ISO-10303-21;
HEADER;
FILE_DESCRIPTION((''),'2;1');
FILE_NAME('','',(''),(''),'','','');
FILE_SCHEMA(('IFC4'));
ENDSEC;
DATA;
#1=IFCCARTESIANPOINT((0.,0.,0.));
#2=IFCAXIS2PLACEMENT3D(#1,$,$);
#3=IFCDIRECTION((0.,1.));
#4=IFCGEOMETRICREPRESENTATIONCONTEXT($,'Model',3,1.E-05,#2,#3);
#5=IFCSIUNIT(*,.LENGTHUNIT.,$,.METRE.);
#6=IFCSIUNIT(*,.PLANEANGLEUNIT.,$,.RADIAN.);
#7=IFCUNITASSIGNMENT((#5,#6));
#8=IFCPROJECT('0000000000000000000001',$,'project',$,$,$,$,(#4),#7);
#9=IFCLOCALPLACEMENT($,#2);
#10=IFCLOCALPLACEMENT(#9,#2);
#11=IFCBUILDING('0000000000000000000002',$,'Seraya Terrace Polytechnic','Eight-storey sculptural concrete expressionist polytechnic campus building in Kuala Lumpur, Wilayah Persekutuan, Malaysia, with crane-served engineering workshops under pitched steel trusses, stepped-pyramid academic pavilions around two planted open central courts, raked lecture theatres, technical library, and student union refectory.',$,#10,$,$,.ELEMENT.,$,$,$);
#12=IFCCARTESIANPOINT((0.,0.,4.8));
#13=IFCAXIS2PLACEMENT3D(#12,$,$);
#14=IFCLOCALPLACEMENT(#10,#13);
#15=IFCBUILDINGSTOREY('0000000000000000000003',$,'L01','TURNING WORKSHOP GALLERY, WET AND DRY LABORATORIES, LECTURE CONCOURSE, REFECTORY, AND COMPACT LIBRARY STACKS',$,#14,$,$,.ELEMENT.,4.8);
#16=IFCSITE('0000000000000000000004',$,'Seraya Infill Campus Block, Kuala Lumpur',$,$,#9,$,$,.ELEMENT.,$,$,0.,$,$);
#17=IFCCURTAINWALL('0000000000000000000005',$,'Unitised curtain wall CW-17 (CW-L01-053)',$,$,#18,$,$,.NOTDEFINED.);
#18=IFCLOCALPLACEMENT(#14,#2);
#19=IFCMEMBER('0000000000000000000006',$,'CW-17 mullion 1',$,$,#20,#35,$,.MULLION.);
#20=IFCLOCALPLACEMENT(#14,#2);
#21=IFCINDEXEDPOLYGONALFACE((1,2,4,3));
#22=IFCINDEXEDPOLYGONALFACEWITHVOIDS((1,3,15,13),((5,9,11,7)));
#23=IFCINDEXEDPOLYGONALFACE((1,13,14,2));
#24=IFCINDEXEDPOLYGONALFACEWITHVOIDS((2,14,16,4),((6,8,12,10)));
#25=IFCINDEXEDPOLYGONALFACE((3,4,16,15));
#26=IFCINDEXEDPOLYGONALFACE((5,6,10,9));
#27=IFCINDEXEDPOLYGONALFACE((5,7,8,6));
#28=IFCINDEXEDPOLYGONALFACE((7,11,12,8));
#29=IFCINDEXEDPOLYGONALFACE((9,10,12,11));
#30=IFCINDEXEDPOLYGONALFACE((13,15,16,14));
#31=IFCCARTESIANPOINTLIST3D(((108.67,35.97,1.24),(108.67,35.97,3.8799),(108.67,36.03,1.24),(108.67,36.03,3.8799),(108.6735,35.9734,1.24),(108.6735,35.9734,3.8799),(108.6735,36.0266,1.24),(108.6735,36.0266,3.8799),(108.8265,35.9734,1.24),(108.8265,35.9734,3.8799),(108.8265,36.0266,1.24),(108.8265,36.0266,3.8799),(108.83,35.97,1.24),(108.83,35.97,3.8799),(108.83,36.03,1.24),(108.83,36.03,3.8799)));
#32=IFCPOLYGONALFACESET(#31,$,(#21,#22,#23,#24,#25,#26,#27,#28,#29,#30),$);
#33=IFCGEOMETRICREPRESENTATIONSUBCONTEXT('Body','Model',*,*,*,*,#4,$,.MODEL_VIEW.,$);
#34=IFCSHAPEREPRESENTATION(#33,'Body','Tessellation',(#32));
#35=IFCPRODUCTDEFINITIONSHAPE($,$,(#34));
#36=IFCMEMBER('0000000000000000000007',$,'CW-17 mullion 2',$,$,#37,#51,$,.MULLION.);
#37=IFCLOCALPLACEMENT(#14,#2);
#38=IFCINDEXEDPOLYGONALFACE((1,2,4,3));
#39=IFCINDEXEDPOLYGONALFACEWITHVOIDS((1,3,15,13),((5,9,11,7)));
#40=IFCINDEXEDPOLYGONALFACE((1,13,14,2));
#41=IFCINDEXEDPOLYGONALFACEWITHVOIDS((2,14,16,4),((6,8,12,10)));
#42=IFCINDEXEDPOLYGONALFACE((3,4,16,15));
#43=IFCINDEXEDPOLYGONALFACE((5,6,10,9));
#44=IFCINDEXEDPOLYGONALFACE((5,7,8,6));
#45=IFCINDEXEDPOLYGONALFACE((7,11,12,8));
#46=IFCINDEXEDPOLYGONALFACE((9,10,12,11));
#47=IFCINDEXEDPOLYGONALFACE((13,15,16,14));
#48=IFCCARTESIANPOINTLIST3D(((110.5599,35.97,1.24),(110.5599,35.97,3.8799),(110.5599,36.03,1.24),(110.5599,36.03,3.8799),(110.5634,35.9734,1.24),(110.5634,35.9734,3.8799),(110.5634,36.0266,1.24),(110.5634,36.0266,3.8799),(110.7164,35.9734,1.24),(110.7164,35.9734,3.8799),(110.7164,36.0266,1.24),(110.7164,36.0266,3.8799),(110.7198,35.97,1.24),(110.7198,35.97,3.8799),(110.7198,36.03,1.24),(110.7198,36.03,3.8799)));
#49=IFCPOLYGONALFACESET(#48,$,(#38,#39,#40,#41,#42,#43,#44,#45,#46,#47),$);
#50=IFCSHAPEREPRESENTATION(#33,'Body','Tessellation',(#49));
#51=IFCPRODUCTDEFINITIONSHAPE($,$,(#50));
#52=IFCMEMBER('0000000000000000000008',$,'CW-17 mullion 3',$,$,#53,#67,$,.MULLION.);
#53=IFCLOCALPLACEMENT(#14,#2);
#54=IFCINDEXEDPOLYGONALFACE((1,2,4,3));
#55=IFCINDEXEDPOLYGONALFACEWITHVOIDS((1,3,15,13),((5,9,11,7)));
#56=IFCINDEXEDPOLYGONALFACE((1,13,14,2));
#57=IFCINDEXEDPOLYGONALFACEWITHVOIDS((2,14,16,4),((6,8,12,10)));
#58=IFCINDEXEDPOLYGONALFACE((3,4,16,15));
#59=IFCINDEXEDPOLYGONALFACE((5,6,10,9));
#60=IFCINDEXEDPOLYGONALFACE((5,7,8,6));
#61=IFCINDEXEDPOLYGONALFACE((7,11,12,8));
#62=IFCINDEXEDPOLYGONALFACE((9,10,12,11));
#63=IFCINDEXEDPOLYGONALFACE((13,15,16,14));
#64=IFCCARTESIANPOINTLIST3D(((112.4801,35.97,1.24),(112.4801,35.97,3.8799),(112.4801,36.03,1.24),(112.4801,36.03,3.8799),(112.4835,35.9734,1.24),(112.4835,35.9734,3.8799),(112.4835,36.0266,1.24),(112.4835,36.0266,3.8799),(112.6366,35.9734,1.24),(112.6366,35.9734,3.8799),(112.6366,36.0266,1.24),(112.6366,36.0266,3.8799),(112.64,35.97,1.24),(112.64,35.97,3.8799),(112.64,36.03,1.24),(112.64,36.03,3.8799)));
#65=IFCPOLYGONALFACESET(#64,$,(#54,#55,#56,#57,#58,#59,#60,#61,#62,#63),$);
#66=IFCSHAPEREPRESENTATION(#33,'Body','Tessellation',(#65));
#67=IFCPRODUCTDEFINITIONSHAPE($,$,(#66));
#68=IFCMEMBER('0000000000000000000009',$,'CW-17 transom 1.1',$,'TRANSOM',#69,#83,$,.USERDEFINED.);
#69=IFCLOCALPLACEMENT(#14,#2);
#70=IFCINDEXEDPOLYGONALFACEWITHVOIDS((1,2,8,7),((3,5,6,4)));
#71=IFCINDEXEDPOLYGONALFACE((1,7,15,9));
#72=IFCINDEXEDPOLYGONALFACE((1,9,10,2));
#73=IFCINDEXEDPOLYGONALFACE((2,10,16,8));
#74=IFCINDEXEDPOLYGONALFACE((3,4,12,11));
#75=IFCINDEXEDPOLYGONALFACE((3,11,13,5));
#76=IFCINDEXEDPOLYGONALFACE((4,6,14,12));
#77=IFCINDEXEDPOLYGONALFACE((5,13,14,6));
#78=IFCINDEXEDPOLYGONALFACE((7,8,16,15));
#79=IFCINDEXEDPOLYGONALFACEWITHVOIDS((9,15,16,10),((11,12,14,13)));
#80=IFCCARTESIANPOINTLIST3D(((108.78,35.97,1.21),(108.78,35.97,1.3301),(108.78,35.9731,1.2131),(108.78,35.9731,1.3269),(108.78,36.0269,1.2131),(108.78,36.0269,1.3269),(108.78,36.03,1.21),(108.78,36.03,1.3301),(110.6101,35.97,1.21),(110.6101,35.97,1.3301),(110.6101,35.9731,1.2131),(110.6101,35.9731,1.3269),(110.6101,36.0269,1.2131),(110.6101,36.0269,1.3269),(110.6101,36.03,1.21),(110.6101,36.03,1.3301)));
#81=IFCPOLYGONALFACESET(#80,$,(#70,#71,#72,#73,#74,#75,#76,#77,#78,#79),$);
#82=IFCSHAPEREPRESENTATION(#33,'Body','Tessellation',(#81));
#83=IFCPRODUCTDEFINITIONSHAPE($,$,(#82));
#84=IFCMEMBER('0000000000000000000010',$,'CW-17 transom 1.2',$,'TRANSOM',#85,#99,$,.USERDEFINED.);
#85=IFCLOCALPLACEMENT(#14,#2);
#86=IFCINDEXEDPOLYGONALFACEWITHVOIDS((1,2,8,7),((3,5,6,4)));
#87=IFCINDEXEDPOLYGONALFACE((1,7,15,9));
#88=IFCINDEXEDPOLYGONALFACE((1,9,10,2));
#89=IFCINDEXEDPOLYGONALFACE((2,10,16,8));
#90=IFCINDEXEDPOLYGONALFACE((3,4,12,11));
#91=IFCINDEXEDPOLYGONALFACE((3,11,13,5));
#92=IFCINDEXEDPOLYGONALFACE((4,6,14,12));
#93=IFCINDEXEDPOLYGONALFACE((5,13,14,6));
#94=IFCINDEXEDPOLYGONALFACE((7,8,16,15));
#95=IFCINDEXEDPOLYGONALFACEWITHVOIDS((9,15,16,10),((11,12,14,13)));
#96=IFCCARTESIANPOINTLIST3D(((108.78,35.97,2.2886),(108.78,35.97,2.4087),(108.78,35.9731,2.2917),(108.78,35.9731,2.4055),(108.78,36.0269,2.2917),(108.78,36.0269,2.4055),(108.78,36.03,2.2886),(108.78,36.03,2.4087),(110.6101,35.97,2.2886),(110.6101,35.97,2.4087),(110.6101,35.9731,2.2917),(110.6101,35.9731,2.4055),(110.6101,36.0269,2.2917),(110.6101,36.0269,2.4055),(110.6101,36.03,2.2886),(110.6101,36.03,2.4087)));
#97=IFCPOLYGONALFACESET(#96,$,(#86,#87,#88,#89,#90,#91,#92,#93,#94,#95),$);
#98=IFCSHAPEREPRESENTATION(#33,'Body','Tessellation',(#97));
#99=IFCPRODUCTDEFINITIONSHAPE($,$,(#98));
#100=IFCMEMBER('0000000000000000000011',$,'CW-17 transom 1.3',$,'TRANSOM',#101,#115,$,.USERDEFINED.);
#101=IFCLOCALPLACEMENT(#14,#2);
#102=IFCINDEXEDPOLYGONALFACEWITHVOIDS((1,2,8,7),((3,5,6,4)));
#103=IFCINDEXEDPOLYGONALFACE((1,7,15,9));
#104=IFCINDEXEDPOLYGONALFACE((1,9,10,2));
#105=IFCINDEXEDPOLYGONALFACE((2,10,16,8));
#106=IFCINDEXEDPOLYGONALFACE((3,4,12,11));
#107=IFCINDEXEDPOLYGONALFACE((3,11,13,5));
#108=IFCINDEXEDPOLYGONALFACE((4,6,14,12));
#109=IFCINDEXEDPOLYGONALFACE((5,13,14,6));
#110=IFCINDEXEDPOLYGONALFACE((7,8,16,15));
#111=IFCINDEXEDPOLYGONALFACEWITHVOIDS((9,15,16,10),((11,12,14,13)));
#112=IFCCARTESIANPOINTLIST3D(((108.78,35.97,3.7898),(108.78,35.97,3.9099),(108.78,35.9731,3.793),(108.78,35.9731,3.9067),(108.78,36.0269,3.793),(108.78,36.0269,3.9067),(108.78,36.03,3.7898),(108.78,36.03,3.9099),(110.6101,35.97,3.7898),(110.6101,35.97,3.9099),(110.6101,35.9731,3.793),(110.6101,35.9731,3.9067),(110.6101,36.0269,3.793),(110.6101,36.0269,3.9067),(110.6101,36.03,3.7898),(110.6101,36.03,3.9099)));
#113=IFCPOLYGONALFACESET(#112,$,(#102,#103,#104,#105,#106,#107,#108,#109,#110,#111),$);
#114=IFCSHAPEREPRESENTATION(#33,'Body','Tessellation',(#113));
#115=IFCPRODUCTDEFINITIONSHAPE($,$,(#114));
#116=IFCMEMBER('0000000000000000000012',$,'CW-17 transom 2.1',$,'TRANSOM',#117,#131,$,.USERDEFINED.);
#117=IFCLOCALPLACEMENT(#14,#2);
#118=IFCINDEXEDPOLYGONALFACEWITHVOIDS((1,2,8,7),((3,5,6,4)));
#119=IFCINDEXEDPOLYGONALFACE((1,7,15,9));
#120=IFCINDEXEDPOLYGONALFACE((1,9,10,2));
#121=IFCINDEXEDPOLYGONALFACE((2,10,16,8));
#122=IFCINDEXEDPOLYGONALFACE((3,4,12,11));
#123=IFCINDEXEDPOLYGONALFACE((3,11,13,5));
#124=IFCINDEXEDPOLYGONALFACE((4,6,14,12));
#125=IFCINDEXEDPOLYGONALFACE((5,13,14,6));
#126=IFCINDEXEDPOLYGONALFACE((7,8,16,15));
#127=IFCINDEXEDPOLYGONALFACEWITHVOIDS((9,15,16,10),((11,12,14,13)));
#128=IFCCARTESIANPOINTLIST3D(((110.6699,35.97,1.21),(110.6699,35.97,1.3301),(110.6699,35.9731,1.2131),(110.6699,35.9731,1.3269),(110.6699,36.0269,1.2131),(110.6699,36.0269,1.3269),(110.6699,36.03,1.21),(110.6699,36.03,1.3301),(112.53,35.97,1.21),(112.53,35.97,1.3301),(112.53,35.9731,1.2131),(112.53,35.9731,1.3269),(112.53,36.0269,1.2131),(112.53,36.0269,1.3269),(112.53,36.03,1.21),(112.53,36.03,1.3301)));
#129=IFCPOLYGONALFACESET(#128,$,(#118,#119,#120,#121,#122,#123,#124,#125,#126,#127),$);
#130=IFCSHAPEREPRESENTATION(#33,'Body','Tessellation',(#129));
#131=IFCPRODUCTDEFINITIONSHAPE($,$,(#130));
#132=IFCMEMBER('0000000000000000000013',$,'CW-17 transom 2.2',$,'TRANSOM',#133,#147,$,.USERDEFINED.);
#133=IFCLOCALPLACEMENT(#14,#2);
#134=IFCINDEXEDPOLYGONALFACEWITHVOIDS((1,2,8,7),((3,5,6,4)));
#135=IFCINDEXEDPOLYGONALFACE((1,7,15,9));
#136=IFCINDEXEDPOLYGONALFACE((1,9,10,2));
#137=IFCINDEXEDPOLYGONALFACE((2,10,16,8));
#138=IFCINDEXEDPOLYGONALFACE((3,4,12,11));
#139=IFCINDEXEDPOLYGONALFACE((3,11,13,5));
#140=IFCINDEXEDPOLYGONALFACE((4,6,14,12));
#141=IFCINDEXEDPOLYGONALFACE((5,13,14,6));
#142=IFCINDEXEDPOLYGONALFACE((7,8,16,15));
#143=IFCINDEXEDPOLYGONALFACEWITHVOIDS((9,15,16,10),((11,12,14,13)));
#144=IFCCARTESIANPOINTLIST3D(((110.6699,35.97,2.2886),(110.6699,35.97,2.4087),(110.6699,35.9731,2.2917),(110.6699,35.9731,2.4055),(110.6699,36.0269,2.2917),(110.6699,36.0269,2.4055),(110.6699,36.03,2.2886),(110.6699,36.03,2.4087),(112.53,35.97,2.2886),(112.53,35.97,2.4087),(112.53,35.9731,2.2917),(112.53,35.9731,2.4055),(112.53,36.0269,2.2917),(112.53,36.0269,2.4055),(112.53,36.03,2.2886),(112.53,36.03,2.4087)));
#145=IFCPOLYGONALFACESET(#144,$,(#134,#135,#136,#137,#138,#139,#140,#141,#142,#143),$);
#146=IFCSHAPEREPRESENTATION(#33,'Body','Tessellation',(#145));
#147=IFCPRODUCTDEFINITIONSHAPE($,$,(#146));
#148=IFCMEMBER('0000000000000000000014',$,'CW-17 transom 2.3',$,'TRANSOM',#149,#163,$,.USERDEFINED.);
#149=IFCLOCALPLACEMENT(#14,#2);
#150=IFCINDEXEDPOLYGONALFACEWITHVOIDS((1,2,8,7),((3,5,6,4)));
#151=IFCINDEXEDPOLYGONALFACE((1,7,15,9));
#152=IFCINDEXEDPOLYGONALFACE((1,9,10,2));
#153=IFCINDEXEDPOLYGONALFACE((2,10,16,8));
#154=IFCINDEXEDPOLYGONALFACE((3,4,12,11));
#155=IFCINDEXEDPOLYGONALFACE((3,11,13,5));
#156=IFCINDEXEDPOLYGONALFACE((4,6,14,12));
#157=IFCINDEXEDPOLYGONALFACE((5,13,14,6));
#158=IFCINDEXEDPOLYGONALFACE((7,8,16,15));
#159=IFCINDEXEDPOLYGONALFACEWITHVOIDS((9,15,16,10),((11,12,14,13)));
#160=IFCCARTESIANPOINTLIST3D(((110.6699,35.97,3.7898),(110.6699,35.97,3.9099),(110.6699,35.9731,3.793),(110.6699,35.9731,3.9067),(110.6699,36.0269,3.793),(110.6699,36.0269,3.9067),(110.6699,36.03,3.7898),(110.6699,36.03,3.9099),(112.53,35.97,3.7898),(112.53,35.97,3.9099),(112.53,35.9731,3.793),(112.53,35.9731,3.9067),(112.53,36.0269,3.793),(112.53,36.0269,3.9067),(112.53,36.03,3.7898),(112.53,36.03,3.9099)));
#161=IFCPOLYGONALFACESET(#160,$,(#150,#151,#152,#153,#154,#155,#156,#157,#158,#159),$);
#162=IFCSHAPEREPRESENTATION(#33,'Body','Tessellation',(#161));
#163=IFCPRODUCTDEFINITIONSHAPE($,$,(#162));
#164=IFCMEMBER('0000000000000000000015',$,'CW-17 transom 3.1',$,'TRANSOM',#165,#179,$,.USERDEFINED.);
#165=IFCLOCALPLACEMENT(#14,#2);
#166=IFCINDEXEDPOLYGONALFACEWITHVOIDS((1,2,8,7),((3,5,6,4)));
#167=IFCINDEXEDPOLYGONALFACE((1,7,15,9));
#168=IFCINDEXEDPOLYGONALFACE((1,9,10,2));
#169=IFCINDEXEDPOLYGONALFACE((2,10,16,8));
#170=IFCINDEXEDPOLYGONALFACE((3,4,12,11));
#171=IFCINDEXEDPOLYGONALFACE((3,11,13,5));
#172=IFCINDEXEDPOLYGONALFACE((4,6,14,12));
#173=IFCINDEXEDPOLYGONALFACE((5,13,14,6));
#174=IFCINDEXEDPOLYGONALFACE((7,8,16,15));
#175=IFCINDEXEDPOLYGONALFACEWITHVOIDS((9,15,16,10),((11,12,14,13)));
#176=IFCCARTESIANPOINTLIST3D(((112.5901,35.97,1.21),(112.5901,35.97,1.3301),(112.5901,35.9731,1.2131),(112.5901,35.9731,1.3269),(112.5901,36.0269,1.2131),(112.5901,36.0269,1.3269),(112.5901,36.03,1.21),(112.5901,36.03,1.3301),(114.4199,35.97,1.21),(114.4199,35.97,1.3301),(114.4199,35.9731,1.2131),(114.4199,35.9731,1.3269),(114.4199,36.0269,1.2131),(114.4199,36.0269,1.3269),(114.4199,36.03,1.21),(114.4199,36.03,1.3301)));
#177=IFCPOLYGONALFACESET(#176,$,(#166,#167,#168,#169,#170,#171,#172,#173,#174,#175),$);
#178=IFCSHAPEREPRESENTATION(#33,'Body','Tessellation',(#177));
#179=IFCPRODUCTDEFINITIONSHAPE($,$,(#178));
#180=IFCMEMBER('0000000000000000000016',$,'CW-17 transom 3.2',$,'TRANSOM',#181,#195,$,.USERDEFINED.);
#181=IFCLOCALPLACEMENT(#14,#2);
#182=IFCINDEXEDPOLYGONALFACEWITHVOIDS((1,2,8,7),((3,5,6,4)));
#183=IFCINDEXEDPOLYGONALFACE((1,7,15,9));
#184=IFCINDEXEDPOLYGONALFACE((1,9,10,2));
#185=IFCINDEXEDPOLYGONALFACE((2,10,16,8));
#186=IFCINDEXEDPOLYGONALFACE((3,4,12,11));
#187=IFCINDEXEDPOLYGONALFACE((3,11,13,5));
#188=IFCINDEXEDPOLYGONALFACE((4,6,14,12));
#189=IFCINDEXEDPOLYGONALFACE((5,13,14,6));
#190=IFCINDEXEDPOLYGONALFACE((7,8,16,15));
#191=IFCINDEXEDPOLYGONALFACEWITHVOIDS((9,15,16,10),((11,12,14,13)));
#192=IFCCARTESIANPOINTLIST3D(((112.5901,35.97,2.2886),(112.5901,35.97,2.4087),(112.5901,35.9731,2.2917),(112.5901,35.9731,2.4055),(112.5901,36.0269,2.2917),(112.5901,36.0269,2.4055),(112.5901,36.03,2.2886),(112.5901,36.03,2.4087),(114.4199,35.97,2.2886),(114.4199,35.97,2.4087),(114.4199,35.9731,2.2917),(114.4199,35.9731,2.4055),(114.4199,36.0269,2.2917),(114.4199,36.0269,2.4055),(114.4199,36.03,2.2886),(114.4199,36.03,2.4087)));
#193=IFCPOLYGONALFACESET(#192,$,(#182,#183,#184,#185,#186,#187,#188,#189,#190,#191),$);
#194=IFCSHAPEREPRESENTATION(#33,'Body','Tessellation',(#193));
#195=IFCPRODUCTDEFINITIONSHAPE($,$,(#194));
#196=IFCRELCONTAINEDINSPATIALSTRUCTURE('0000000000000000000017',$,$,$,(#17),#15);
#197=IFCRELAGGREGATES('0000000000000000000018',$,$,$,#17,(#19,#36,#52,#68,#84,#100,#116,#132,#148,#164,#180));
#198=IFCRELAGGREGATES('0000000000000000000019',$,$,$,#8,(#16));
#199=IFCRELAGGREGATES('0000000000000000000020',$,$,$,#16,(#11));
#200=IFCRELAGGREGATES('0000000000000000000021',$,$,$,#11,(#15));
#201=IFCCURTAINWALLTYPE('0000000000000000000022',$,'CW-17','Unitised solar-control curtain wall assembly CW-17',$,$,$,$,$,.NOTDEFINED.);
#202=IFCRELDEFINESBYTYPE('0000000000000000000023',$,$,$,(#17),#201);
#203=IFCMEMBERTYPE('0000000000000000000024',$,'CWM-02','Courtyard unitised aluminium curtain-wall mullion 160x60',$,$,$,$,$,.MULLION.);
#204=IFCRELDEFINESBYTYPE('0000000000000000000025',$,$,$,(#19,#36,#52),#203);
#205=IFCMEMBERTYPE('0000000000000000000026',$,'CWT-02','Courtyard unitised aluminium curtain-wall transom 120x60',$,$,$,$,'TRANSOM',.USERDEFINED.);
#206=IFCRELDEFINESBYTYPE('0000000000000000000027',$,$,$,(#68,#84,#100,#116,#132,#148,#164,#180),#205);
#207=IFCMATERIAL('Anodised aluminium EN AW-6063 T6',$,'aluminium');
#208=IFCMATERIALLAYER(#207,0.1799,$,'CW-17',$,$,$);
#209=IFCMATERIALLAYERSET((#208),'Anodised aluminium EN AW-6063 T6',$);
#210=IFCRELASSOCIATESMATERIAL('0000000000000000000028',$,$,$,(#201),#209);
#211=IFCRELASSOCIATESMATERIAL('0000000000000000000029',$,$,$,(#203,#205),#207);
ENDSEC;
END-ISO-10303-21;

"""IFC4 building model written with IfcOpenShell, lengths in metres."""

from ifc_helpers import new_model, si_unit, direction, frame, origin, origin_2d, place, context, subcontext, project, spatial, hollow_rectangle, extrude, material, layer, layer_set, material_profile, profile_set, type_object, element, aggregate, save


model = new_model("IFC4")

# Units and contexts
model_context = context("Model", 3, precision=1e-05, world=origin(), true_north=direction((0.0, 1.0)))
body_context = subcontext(model_context, "Body", "Model", "MODEL_VIEW")
ifc_project = project(units=[si_unit("LENGTHUNIT", "METRE"), si_unit("PLANEANGLEUNIT", "RADIAN")], contexts=[model_context])

# Site, building, storey
site_placement = place(None, origin())
site = spatial("IfcSite", under=ifc_project, at=site_placement, Name="Seraya Infill Campus Block, Kuala Lumpur", CompositionType="ELEMENT", RefElevation=0.0)
building_placement = place(site_placement, origin())
building = spatial("IfcBuilding", under=site, at=building_placement, Name="Seraya Terrace Polytechnic", Description="Eight-storey sculptural concrete expressionist polytechnic campus building in Kuala Lumpur, Wilayah Persekutuan, Malaysia, with crane-served engineering workshops under pitched steel trusses, stepped-pyramid academic pavilions around two planted open central courts, raked lecture theatres, technical library, and student union refectory.", CompositionType="ELEMENT")
storey_placement = place(building_placement, frame((0.0, 0.0, 4.8)))
storey = spatial("IfcBuildingStorey", under=building, at=storey_placement, Name="L01", Description="TURNING WORKSHOP GALLERY, WET AND DRY LABORATORIES, LECTURE CONCOURSE, REFECTORY, AND COMPACT LIBRARY STACKS", CompositionType="ELEMENT", Elevation=4.8)

# Curtain wall, members
ifc_material_1 = material(Name="Anodised aluminium EN AW-6063 T6", Category="aluminium")
ifc_layer_1 = layer(ifc_material_1, 0.1799, Name="CW-17")
ifc_layer_set_1 = layer_set([ifc_layer_1], Name="Anodised aluminium EN AW-6063 T6")
curtain_wall_type = type_object("IfcCurtainWallType", Name="CW-17", Description="Unitised solar-control curtain wall assembly CW-17", PredefinedType="NOTDEFINED", material=ifc_layer_set_1)
curtain_wall_placement = place(storey_placement, origin())
curtain_wall = element("IfcCurtainWall", 1, at=curtain_wall_placement, inside=storey, type_object=curtain_wall_type, Name="Unitised curtain wall CW-17 (CW-L01-053)", PredefinedType="NOTDEFINED")
ifc_material_profile_1 = material_profile(ifc_material_1, hollow_rectangle(XDim=0.0601, YDim=0.1599, WallThickness=0.0034, at=origin_2d()), Name="RHS 160x60x3.5")
ifc_profile_set_1 = profile_set([ifc_material_profile_1], Name="Anodised aluminium EN AW-6063 T6")
member_type_1 = type_object("IfcMemberType", Name="CWM-02", Description="Courtyard unitised aluminium curtain-wall mullion 160x60", PredefinedType="MULLION", material=ifc_profile_set_1)
member_1_placement = place(storey_placement, frame((108.75, 36.0, 1.24), z_axis=(0.0, 0.0, 1.0), x_axis=(0.0, 1.0, 0.0)))
member_1 = element("IfcMember", 2, at=member_1_placement, type_object=member_type_1, Name="CW-17 mullion 1", PredefinedType="MULLION", context=body_context, shape_type="SweptSolid", body=[
    extrude(hollow_rectangle(XDim=0.0601, YDim=0.1599, WallThickness=0.0034, at=origin_2d()), origin(), (0.0, 0.0, 1.0), 2.6399),
])
member_2_placement = place(storey_placement, frame((110.6399, 36.0, 1.24), z_axis=(0.0, 0.0, 1.0), x_axis=(0.0, 1.0, 0.0)))
member_2 = element("IfcMember", 3, at=member_2_placement, type_object=member_type_1, Name="CW-17 mullion 2", PredefinedType="MULLION", context=body_context, shape_type="SweptSolid", body=[
    extrude(hollow_rectangle(XDim=0.0601, YDim=0.1599, WallThickness=0.0034, at=origin_2d()), origin(), (0.0, 0.0, 1.0), 2.6399),
])
member_3_placement = place(storey_placement, frame((112.5601, 36.0, 1.24), z_axis=(0.0, 0.0, 1.0), x_axis=(0.0, 1.0, 0.0)))
member_3 = element("IfcMember", 4, at=member_3_placement, type_object=member_type_1, Name="CW-17 mullion 3", PredefinedType="MULLION", context=body_context, shape_type="SweptSolid", body=[
    extrude(hollow_rectangle(XDim=0.0601, YDim=0.1599, WallThickness=0.0034, at=origin_2d()), origin(), (0.0, 0.0, 1.0), 2.6399),
])
ifc_material_profile_2 = material_profile(ifc_material_1, hollow_rectangle(XDim=0.0601, YDim=0.1201, WallThickness=0.0032, at=origin_2d()), Name="RHS 120x60x3.2")
ifc_profile_set_2 = profile_set([ifc_material_profile_2], Name="Anodised aluminium EN AW-6063 T6")
member_type_2 = type_object("IfcMemberType", Name="CWT-02", Description="Courtyard unitised aluminium curtain-wall transom 120x60", ElementType="TRANSOM", PredefinedType="USERDEFINED", material=ifc_profile_set_2)
member_4_placement = place(storey_placement, frame((108.78, 36.0, 1.27), z_axis=(1.0, 0.0, 0.0), x_axis=(0.0, 1.0, 0.0)))
member_4 = element("IfcMember", 5, at=member_4_placement, type_object=member_type_2, Name="CW-17 transom 1.1", ObjectType="TRANSOM", PredefinedType="USERDEFINED", context=body_context, shape_type="SweptSolid", body=[
    extrude(hollow_rectangle(XDim=0.0601, YDim=0.1201, WallThickness=0.0032, at=origin_2d()), origin(), (0.0, 0.0, 1.0), 1.8301),
])
member_5_placement = place(storey_placement, frame((108.78, 36.0, 2.3486), z_axis=(1.0, 0.0, 0.0), x_axis=(0.0, 1.0, 0.0)))
member_5 = element("IfcMember", 6, at=member_5_placement, type_object=member_type_2, Name="CW-17 transom 1.2", ObjectType="TRANSOM", PredefinedType="USERDEFINED", context=body_context, shape_type="SweptSolid", body=[
    extrude(hollow_rectangle(XDim=0.0601, YDim=0.1201, WallThickness=0.0032, at=origin_2d()), origin(), (0.0, 0.0, 1.0), 1.8301),
])
member_6_placement = place(storey_placement, frame((108.78, 36.0, 3.8499), z_axis=(1.0, 0.0, 0.0), x_axis=(0.0, 1.0, 0.0)))
member_6 = element("IfcMember", 7, at=member_6_placement, type_object=member_type_2, Name="CW-17 transom 1.3", ObjectType="TRANSOM", PredefinedType="USERDEFINED", context=body_context, shape_type="SweptSolid", body=[
    extrude(hollow_rectangle(XDim=0.0601, YDim=0.1201, WallThickness=0.0032, at=origin_2d()), origin(), (0.0, 0.0, 1.0), 1.8301),
])
member_7_placement = place(storey_placement, frame((110.6699, 36.0, 1.27), z_axis=(1.0, 0.0, 0.0), x_axis=(0.0, 1.0, 0.0)))
member_7 = element("IfcMember", 8, at=member_7_placement, type_object=member_type_2, Name="CW-17 transom 2.1", ObjectType="TRANSOM", PredefinedType="USERDEFINED", context=body_context, shape_type="SweptSolid", body=[
    extrude(hollow_rectangle(XDim=0.0601, YDim=0.1201, WallThickness=0.0032, at=origin_2d()), origin(), (0.0, 0.0, 1.0), 1.8601),
])
member_8_placement = place(storey_placement, frame((110.6699, 36.0, 2.3486), z_axis=(1.0, 0.0, 0.0), x_axis=(0.0, 1.0, 0.0)))
member_8 = element("IfcMember", 9, at=member_8_placement, type_object=member_type_2, Name="CW-17 transom 2.2", ObjectType="TRANSOM", PredefinedType="USERDEFINED", context=body_context, shape_type="SweptSolid", body=[
    extrude(hollow_rectangle(XDim=0.0601, YDim=0.1201, WallThickness=0.0032, at=origin_2d()), origin(), (0.0, 0.0, 1.0), 1.8601),
])
member_9_placement = place(storey_placement, frame((110.6699, 36.0, 3.8499), z_axis=(1.0, 0.0, 0.0), x_axis=(0.0, 1.0, 0.0)))
member_9 = element("IfcMember", 10, at=member_9_placement, type_object=member_type_2, Name="CW-17 transom 2.3", ObjectType="TRANSOM", PredefinedType="USERDEFINED", context=body_context, shape_type="SweptSolid", body=[
    extrude(hollow_rectangle(XDim=0.0601, YDim=0.1201, WallThickness=0.0032, at=origin_2d()), origin(), (0.0, 0.0, 1.0), 1.8601),
])
member_10_placement = place(storey_placement, frame((112.5901, 36.0, 1.27), z_axis=(1.0, 0.0, 0.0), x_axis=(0.0, 1.0, 0.0)))
member_10 = element("IfcMember", 11, at=member_10_placement, type_object=member_type_2, Name="CW-17 transom 3.1", ObjectType="TRANSOM", PredefinedType="USERDEFINED", context=body_context, shape_type="SweptSolid", body=[
    extrude(hollow_rectangle(XDim=0.0601, YDim=0.1201, WallThickness=0.0032, at=origin_2d()), origin(), (0.0, 0.0, 1.0), 1.8298),
])
member_11_placement = place(storey_placement, frame((112.5901, 36.0, 2.3486), z_axis=(1.0, 0.0, 0.0), x_axis=(0.0, 1.0, 0.0)))
member_11 = element("IfcMember", 12, at=member_11_placement, type_object=member_type_2, Name="CW-17 transom 3.2", ObjectType="TRANSOM", PredefinedType="USERDEFINED", context=body_context, shape_type="SweptSolid", body=[
    extrude(hollow_rectangle(XDim=0.0601, YDim=0.1201, WallThickness=0.0032, at=origin_2d()), origin(), (0.0, 0.0, 1.0), 1.8298),
])

aggregate(curtain_wall, [member_1, member_2, member_3, member_4, member_5, member_6, member_7, member_8, member_9, member_10, member_11])

save(model, "model.ifc")
